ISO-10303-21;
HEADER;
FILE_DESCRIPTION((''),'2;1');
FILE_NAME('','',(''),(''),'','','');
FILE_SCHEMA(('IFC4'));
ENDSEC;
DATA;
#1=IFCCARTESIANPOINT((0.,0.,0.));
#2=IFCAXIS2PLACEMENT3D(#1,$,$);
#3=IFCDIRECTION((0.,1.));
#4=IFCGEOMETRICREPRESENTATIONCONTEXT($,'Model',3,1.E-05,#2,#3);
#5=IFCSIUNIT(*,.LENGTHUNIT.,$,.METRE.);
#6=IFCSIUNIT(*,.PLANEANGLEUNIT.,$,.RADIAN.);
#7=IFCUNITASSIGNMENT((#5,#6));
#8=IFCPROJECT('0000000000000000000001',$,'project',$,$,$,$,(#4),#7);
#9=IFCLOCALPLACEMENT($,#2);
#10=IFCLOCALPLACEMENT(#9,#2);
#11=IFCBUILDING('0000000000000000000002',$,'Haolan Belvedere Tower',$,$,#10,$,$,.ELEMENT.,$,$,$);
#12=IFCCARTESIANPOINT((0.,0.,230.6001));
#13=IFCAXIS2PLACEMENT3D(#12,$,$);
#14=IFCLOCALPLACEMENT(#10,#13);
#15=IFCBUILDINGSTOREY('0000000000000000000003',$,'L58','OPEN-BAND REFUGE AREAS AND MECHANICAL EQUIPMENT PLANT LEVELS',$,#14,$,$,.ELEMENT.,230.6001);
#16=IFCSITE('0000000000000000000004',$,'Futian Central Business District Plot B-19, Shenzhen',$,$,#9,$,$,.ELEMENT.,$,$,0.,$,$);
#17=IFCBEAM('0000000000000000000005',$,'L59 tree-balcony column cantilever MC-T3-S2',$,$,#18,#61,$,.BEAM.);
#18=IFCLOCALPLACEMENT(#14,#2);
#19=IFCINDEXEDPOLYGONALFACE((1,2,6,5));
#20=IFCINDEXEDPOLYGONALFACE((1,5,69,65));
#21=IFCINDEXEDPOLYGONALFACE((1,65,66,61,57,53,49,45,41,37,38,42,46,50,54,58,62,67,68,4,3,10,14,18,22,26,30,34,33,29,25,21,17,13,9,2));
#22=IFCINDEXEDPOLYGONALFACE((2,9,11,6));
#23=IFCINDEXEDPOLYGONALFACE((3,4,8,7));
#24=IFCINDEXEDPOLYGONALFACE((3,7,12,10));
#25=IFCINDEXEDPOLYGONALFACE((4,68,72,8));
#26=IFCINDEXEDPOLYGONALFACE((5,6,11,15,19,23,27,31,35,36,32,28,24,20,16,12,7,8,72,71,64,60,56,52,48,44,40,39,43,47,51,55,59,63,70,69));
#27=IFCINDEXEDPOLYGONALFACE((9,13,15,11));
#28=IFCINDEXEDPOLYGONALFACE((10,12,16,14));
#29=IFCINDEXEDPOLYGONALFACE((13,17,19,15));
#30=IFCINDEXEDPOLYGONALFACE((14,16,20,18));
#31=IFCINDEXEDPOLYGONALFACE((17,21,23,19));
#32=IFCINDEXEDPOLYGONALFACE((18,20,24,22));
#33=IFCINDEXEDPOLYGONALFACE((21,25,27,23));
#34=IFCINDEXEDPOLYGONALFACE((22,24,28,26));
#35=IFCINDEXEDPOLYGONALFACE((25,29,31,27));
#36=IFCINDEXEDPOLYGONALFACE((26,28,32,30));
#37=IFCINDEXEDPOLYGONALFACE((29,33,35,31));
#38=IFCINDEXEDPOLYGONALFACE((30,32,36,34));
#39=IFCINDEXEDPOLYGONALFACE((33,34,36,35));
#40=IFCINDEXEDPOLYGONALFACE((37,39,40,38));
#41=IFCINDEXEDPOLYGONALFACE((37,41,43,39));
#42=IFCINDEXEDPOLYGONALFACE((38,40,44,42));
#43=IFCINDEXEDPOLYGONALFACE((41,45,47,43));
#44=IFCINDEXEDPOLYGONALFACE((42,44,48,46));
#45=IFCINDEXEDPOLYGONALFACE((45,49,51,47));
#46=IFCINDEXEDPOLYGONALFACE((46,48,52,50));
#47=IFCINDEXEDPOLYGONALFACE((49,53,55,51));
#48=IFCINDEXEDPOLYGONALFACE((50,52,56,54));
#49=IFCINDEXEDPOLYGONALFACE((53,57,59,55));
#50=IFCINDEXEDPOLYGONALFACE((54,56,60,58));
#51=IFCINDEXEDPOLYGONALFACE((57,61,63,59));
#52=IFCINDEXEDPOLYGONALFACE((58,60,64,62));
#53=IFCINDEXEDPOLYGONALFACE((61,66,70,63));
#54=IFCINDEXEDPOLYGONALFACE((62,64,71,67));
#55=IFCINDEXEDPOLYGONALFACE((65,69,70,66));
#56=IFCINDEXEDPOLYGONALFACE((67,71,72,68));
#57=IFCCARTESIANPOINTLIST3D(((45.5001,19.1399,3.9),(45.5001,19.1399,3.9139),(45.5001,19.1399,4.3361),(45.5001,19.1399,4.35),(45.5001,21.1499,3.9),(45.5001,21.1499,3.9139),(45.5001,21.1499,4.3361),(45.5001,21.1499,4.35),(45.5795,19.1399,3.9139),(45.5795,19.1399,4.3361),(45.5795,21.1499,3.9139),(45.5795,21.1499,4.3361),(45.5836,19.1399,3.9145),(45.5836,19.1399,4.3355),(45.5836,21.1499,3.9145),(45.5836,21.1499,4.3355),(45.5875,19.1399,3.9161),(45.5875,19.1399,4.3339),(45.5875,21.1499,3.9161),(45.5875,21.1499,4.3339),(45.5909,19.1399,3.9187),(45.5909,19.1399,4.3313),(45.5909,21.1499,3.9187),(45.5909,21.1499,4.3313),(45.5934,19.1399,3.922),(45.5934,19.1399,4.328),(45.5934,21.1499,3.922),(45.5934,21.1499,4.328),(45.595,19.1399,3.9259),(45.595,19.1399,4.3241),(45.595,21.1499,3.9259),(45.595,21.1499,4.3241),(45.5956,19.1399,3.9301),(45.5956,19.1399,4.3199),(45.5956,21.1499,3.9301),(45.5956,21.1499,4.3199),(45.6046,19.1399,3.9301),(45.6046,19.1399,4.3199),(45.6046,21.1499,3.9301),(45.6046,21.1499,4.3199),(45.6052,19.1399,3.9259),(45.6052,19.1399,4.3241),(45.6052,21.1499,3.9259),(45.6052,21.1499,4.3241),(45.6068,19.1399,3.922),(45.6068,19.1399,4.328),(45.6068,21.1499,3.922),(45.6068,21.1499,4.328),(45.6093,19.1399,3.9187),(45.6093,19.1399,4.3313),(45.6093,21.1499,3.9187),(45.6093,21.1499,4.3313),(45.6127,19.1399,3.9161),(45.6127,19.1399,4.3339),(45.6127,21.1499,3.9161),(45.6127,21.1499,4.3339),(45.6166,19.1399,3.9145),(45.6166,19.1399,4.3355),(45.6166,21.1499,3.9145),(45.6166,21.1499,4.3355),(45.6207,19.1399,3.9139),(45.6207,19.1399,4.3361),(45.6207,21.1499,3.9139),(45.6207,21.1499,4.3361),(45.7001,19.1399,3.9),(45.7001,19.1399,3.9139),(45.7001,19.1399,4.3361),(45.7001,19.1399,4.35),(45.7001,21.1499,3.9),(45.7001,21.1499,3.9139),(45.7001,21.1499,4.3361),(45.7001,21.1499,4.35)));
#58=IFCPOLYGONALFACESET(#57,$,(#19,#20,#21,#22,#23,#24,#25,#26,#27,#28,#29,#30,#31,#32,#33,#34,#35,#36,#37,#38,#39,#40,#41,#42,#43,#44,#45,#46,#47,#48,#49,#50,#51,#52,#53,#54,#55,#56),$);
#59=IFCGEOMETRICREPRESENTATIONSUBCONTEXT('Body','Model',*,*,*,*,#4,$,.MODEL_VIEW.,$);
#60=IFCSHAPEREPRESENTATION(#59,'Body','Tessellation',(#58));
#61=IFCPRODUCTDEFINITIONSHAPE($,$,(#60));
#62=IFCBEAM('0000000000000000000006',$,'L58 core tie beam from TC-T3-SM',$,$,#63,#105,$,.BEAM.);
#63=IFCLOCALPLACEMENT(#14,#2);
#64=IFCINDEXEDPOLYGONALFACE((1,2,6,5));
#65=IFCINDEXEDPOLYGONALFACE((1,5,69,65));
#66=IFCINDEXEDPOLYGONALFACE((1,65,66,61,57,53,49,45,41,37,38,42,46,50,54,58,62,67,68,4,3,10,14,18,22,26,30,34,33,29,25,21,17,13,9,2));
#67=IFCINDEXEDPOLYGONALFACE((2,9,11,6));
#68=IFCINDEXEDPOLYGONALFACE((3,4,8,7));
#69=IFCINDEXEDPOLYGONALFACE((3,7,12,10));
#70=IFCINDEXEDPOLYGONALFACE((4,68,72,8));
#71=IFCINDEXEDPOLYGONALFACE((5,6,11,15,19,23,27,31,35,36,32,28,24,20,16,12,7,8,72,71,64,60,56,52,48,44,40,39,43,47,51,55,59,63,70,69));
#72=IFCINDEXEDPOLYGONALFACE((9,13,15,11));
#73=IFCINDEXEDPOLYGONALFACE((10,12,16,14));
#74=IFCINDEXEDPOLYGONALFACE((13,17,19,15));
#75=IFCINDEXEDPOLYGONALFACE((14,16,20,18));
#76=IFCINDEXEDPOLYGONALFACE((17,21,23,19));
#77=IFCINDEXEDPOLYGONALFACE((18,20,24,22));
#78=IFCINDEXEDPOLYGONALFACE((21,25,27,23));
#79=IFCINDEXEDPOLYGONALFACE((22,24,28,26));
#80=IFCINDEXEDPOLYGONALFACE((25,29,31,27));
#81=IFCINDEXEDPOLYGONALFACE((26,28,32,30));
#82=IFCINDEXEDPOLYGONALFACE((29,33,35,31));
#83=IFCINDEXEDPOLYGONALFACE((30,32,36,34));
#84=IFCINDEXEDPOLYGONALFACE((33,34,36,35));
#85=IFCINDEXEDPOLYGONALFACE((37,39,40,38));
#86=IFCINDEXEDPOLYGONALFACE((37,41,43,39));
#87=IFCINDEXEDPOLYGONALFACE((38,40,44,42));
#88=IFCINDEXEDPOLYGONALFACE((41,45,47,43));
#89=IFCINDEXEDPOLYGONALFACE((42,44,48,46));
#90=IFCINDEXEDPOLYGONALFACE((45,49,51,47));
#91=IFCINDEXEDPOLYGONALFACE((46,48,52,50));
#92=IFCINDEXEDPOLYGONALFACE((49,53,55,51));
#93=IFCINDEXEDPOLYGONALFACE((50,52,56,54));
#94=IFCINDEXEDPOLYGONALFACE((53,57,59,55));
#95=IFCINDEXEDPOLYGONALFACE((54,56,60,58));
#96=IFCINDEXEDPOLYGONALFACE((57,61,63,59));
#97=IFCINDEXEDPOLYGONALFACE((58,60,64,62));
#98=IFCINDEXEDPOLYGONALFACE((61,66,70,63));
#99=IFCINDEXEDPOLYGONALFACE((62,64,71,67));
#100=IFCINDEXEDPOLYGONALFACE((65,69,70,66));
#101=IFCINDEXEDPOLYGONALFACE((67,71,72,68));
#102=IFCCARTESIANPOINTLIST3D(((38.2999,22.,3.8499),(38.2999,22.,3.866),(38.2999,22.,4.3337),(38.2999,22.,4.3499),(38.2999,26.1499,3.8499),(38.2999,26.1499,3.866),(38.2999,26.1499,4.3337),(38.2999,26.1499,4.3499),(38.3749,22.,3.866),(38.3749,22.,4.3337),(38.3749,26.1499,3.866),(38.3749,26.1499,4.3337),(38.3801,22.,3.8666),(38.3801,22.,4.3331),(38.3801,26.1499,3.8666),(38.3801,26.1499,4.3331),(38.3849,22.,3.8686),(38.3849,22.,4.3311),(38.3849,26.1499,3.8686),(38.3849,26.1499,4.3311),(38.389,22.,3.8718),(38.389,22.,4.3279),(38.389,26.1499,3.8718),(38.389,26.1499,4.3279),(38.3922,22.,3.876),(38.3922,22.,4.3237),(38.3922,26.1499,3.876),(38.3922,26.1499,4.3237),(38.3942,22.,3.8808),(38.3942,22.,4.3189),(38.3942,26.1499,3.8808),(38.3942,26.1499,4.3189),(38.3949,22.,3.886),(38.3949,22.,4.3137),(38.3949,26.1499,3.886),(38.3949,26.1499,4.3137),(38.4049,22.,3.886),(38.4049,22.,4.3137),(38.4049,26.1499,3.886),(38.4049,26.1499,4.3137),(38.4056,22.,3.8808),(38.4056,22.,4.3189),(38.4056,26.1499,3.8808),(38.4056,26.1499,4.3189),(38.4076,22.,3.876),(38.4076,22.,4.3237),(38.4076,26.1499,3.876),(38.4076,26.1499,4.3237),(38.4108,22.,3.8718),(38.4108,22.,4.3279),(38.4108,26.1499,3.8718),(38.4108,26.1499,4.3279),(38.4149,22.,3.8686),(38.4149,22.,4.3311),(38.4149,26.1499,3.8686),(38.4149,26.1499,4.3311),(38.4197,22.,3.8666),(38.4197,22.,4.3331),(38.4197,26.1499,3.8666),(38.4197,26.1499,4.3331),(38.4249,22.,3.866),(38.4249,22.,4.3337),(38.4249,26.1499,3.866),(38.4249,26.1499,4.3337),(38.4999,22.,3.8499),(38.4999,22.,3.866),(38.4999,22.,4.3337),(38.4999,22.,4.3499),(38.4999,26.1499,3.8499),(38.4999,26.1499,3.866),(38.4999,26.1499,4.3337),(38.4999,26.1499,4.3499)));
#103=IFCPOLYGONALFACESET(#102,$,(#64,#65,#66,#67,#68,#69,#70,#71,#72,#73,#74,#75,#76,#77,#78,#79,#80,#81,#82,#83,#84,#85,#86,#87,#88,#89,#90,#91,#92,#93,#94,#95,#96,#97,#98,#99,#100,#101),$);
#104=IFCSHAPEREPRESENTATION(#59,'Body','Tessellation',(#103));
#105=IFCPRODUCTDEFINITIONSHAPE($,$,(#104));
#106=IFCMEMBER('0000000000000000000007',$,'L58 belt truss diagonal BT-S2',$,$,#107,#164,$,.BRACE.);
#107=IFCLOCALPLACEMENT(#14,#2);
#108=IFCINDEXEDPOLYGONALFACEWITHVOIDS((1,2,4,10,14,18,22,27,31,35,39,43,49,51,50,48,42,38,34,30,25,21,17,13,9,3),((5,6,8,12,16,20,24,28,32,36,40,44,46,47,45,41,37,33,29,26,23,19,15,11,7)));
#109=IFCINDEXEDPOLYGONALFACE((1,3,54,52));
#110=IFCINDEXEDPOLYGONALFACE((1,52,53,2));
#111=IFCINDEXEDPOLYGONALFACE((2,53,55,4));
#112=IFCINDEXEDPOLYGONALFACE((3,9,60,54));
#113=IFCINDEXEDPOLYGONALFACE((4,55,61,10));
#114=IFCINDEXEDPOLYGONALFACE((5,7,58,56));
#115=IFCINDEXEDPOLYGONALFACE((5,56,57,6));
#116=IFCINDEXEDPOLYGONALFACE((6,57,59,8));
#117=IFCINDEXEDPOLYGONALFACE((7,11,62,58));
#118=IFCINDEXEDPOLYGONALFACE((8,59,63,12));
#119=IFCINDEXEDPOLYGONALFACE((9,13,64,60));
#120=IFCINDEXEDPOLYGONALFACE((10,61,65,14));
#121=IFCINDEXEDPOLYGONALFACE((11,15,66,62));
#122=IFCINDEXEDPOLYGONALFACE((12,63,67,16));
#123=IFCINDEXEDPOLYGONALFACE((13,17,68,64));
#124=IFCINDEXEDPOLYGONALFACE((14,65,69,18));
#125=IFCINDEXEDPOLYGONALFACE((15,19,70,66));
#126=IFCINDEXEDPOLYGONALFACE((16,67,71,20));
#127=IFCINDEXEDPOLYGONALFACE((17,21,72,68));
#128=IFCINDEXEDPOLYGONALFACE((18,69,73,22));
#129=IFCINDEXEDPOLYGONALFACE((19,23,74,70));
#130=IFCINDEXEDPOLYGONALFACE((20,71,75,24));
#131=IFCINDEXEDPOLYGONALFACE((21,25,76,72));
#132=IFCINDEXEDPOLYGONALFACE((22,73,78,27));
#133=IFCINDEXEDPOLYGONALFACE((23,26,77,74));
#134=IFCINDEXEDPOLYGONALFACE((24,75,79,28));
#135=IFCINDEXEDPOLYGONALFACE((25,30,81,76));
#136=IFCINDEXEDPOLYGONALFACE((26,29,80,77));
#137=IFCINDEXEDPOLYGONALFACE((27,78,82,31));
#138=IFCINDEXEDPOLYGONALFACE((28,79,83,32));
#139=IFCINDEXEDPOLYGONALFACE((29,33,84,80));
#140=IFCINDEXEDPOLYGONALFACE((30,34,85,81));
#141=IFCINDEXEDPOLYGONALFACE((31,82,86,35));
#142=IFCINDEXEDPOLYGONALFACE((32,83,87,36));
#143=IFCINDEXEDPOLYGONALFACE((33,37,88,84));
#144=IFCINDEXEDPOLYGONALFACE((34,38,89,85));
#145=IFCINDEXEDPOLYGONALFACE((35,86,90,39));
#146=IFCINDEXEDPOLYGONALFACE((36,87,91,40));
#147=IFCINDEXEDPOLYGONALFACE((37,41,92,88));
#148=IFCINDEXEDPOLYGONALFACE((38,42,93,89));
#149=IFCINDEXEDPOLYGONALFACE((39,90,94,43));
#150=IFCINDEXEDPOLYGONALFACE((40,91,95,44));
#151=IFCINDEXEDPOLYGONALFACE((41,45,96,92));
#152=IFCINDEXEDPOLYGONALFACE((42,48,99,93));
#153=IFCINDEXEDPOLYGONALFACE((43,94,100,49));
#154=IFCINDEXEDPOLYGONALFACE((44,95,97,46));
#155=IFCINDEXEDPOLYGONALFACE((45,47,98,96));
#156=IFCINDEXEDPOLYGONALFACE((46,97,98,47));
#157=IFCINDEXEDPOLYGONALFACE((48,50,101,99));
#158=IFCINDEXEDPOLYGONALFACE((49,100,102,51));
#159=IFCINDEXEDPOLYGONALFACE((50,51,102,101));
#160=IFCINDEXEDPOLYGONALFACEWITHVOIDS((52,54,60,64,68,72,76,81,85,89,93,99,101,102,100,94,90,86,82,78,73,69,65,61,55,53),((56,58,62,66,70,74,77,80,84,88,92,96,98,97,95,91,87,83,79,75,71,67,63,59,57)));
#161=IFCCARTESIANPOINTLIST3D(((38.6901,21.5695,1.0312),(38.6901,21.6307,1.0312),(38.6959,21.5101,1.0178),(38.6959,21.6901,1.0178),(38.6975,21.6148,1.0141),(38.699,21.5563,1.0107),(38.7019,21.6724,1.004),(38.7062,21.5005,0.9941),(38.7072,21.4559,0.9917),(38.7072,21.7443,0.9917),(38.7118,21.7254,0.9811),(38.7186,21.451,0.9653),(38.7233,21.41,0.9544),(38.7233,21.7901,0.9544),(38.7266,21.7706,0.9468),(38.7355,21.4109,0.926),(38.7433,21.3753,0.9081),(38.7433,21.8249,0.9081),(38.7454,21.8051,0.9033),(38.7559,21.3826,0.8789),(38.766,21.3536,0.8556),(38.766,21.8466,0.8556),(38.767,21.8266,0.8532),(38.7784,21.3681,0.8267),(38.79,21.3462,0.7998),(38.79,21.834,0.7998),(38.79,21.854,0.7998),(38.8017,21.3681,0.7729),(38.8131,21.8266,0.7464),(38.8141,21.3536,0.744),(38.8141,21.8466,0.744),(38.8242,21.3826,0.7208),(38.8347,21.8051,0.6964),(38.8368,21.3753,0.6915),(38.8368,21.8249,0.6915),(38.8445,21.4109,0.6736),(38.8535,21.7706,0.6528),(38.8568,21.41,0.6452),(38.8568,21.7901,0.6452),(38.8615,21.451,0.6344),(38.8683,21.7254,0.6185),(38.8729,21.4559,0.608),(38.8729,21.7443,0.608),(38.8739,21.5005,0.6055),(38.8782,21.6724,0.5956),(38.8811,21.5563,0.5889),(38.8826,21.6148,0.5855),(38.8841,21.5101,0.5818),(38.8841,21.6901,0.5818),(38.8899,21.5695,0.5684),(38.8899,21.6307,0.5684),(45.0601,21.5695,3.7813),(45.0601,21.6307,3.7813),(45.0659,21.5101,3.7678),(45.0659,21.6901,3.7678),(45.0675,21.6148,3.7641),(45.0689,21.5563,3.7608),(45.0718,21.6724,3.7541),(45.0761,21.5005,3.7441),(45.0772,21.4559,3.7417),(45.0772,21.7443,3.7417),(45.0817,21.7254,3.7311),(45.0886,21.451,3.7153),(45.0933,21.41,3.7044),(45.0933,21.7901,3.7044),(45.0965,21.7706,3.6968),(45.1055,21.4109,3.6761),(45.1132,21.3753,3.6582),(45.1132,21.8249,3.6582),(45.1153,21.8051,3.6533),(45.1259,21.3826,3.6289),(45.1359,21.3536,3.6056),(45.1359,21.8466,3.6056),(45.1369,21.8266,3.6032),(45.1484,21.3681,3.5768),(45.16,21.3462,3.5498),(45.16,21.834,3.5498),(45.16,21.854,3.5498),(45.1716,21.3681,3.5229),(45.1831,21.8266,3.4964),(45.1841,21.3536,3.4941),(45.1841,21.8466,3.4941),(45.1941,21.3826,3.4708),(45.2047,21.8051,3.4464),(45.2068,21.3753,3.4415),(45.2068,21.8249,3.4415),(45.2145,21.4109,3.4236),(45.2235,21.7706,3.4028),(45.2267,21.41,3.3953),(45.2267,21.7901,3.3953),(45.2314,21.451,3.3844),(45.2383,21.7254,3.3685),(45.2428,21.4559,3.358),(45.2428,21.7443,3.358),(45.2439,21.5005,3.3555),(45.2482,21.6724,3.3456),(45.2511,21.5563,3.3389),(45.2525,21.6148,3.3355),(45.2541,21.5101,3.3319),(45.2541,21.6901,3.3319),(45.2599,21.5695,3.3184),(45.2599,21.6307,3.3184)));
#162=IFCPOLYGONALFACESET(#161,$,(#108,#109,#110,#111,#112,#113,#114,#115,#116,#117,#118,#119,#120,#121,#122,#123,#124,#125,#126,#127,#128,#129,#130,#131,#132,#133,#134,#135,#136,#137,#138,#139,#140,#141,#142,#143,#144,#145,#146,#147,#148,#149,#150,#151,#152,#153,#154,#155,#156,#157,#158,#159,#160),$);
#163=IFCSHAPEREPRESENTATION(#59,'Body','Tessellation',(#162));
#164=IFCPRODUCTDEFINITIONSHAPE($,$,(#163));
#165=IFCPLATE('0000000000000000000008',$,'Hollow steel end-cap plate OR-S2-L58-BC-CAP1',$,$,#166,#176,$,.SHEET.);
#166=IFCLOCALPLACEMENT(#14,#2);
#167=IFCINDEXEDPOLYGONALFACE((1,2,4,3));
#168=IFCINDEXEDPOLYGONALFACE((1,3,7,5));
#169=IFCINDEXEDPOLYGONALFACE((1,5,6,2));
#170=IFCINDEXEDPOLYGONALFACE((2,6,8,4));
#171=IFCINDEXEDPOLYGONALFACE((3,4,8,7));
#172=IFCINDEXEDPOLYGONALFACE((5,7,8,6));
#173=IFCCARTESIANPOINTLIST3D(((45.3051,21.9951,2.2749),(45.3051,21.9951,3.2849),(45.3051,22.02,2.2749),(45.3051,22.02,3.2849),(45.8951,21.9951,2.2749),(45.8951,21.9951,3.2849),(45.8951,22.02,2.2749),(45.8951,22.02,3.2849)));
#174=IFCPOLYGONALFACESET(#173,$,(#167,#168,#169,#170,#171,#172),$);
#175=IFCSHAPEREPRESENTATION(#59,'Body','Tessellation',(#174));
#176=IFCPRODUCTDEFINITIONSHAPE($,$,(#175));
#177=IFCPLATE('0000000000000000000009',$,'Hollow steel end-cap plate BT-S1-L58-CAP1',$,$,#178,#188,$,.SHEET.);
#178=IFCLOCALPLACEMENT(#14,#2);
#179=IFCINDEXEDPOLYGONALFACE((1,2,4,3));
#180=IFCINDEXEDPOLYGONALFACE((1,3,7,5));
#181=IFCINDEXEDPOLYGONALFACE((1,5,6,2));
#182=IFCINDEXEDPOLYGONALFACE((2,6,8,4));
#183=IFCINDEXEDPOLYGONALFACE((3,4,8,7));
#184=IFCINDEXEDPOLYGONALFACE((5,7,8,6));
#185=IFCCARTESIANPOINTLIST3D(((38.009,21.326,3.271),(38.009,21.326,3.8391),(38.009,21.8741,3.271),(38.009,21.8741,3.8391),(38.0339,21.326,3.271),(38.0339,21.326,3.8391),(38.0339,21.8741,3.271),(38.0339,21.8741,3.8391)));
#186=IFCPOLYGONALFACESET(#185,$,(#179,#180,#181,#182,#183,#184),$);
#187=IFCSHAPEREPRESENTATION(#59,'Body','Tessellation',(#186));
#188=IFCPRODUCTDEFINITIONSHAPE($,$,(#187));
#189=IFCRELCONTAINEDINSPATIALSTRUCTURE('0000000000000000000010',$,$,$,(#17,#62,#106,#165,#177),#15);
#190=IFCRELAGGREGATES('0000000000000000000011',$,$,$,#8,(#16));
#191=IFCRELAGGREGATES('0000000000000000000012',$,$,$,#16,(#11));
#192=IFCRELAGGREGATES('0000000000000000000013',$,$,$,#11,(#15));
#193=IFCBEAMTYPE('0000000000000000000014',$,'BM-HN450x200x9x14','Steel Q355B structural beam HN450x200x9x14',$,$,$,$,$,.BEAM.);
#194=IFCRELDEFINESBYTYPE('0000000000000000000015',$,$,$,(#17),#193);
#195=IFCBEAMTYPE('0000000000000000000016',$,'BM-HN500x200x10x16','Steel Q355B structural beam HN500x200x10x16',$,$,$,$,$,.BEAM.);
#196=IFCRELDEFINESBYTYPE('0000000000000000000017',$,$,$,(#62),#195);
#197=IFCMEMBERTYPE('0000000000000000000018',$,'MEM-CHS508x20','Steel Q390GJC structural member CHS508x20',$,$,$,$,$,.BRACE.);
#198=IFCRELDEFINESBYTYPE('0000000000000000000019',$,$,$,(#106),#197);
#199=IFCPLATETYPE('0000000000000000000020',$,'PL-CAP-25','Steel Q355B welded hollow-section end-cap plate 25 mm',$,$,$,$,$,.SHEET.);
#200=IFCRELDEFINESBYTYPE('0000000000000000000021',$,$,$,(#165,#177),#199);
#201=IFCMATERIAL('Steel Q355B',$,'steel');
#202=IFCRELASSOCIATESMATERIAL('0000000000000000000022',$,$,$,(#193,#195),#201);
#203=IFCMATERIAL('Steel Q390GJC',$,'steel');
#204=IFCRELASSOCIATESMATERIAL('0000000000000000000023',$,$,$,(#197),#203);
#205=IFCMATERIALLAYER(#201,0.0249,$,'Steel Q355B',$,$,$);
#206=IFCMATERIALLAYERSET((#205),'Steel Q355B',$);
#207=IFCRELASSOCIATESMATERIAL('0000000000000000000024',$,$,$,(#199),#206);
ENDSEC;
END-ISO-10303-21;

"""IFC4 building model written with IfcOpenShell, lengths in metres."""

from ifc_helpers import new_model, si_unit, direction, frame, origin, origin_2d, place, context, subcontext, project, spatial, rectangle, hollow_circle, i_section, extrude, material, layer, layer_set, material_profile, profile_set, type_object, element, save


model = new_model("IFC4")

# Units and contexts
model_context = context("Model", 3, precision=1e-05, world=origin(), true_north=direction((0.0, 1.0)))
body_context = subcontext(model_context, "Body", "Model", "MODEL_VIEW")
ifc_project = project(units=[si_unit("LENGTHUNIT", "METRE"), si_unit("PLANEANGLEUNIT", "RADIAN")], contexts=[model_context])

# Site, building, storey
site_placement = place(None, origin())
site = spatial("IfcSite", under=ifc_project, at=site_placement, Name="Futian Central Business District Plot B-19, Shenzhen", CompositionType="ELEMENT", RefElevation=0.0)
building_placement = place(site_placement, origin())
building = spatial("IfcBuilding", under=site, at=building_placement, Name="Haolan Belvedere Tower", CompositionType="ELEMENT")
storey_placement = place(building_placement, frame((0.0, 0.0, 230.6001)))
storey = spatial("IfcBuildingStorey", under=building, at=storey_placement, Name="L58", Description="OPEN-BAND REFUGE AREAS AND MECHANICAL EQUIPMENT PLANT LEVELS", CompositionType="ELEMENT", Elevation=230.6001)

# Shared definitions
ifc_material_1 = material(Name="Steel Q390GJC", Category="steel")

# Beams
ifc_material_2 = material(Name="Steel Q355B", Category="steel")
ifc_material_profile_1 = material_profile(ifc_material_2, i_section(OverallWidth=0.2, OverallDepth=0.45, WebThickness=0.009, FlangeThickness=0.0139, FilletRadius=0.0161, at=origin_2d()), Name="Steel Q355B")
ifc_profile_set_1 = profile_set([ifc_material_profile_1], Name="Steel Q355B")
beam_type_1 = type_object("IfcBeamType", Name="BM-HN450x200x9x14", Description="Steel Q355B structural beam HN450x200x9x14", PredefinedType="BEAM", material=ifc_profile_set_1)
beam_1_placement = place(storey_placement, frame((45.6001, 21.1499, 4.125), z_axis=(0.0, -1.0, 0.0), x_axis=(1.0, 0.0, 0.0)))
element("IfcBeam", 1, at=beam_1_placement, inside=storey, type_object=beam_type_1, Name="L59 tree-balcony column cantilever MC-T3-S2", PredefinedType="BEAM", context=body_context, shape_type="SweptSolid", body=[
    extrude(i_section(OverallWidth=0.2, OverallDepth=0.45, WebThickness=0.009, FlangeThickness=0.0139, FilletRadius=0.0161, at=origin_2d()), origin(), (0.0, 0.0, 1.0), 2.01),
])
ifc_material_profile_2 = material_profile(ifc_material_2, i_section(OverallWidth=0.2, OverallDepth=0.5, WebThickness=0.01, FlangeThickness=0.0161, FilletRadius=0.02, at=origin_2d()), Name="Steel Q355B")
ifc_profile_set_2 = profile_set([ifc_material_profile_2], Name="Steel Q355B")
beam_type_2 = type_object("IfcBeamType", Name="BM-HN500x200x10x16", Description="Steel Q355B structural beam HN500x200x10x16", PredefinedType="BEAM", material=ifc_profile_set_2)
beam_2_placement = place(storey_placement, frame((38.3999, 22.0, 4.0999), z_axis=(0.0, 1.0, 0.0), x_axis=(-1.0, 0.0, 0.0)))
element("IfcBeam", 2, at=beam_2_placement, inside=storey, type_object=beam_type_2, Name="L58 core tie beam from TC-T3-SM", PredefinedType="BEAM", context=body_context, shape_type="SweptSolid", body=[
    extrude(i_section(OverallWidth=0.2, OverallDepth=0.5, WebThickness=0.01, FlangeThickness=0.0161, FilletRadius=0.02, at=origin_2d()), origin(), (0.0, 0.0, 1.0), 4.1499),
])

# Member
ifc_material_profile_3 = material_profile(ifc_material_1, hollow_circle(Radius=0.2539, WallThickness=0.02, at=origin_2d()), Name="Steel Q390GJC")
ifc_profile_set_3 = profile_set([ifc_material_profile_3], Name="Steel Q390GJC")
member_type = type_object("IfcMemberType", Name="MEM-CHS508x20", Description="Steel Q390GJC structural member CHS508x20", PredefinedType="BRACE", material=ifc_profile_set_3)
member_placement = place(storey_placement, frame((38.79, 21.6001, 0.7998), z_axis=(0.918095, 0.0, 0.39636), x_axis=(0.0, 1.0, 0.0)))
element("IfcMember", 3, at=member_placement, inside=storey, type_object=member_type, Name="L58 belt truss diagonal BT-S2", PredefinedType="BRACE", context=body_context, shape_type="SweptSolid", body=[
    extrude(hollow_circle(Radius=0.2539, WallThickness=0.02, at=origin_2d()), origin(), (0.0, 0.0, 1.0), 6.9382),
])

# Plates
ifc_layer_1 = layer(ifc_material_2, 0.0249, Name="Steel Q355B")
ifc_layer_set_1 = layer_set([ifc_layer_1], Name="Steel Q355B")
plate_type_1 = type_object("IfcPlateType", Name="PL-CAP-25", Description="Steel Q355B welded hollow-section end-cap plate 25 mm", PredefinedType="SHEET", material=ifc_layer_set_1)
plate_1_placement = place(storey_placement, frame((45.6001, 22.0076, 2.2749), z_axis=(0.0, 0.0, 1.0), x_axis=(1.0, 0.0, 0.0)))
element("IfcPlate", 4, at=plate_1_placement, inside=storey, type_object=plate_type_1, Name="Hollow steel end-cap plate OR-S2-L58-BC-CAP1", PredefinedType="SHEET", context=body_context, shape_type="SweptSolid", body=[
    extrude(rectangle(XDim=0.5901, YDim=0.0249, at=origin_2d()), origin(), (0.0, 0.0, 1.0), 1.01),
])
for number, where, z_axis, x_axis, name in (
    (5, (38.0215, 21.6001, 3.271), (0.0, 0.0, 1.0), (0.0, 1.0, 0.0), "Hollow steel end-cap plate BT-S1-L58-CAP1"),
):
    element("IfcPlate", number, at=place(storey_placement, frame(where, z_axis=z_axis, x_axis=x_axis)), inside=storey, type_object=plate_type_1, Name=name, PredefinedType="SHEET", context=body_context, shape_type="SweptSolid", body=[
        extrude(rectangle(XDim=0.5481, YDim=0.0249, at=origin_2d()), origin(), (0.0, 0.0, 1.0), 0.5681),
    ])

save(model, "model.ifc")
